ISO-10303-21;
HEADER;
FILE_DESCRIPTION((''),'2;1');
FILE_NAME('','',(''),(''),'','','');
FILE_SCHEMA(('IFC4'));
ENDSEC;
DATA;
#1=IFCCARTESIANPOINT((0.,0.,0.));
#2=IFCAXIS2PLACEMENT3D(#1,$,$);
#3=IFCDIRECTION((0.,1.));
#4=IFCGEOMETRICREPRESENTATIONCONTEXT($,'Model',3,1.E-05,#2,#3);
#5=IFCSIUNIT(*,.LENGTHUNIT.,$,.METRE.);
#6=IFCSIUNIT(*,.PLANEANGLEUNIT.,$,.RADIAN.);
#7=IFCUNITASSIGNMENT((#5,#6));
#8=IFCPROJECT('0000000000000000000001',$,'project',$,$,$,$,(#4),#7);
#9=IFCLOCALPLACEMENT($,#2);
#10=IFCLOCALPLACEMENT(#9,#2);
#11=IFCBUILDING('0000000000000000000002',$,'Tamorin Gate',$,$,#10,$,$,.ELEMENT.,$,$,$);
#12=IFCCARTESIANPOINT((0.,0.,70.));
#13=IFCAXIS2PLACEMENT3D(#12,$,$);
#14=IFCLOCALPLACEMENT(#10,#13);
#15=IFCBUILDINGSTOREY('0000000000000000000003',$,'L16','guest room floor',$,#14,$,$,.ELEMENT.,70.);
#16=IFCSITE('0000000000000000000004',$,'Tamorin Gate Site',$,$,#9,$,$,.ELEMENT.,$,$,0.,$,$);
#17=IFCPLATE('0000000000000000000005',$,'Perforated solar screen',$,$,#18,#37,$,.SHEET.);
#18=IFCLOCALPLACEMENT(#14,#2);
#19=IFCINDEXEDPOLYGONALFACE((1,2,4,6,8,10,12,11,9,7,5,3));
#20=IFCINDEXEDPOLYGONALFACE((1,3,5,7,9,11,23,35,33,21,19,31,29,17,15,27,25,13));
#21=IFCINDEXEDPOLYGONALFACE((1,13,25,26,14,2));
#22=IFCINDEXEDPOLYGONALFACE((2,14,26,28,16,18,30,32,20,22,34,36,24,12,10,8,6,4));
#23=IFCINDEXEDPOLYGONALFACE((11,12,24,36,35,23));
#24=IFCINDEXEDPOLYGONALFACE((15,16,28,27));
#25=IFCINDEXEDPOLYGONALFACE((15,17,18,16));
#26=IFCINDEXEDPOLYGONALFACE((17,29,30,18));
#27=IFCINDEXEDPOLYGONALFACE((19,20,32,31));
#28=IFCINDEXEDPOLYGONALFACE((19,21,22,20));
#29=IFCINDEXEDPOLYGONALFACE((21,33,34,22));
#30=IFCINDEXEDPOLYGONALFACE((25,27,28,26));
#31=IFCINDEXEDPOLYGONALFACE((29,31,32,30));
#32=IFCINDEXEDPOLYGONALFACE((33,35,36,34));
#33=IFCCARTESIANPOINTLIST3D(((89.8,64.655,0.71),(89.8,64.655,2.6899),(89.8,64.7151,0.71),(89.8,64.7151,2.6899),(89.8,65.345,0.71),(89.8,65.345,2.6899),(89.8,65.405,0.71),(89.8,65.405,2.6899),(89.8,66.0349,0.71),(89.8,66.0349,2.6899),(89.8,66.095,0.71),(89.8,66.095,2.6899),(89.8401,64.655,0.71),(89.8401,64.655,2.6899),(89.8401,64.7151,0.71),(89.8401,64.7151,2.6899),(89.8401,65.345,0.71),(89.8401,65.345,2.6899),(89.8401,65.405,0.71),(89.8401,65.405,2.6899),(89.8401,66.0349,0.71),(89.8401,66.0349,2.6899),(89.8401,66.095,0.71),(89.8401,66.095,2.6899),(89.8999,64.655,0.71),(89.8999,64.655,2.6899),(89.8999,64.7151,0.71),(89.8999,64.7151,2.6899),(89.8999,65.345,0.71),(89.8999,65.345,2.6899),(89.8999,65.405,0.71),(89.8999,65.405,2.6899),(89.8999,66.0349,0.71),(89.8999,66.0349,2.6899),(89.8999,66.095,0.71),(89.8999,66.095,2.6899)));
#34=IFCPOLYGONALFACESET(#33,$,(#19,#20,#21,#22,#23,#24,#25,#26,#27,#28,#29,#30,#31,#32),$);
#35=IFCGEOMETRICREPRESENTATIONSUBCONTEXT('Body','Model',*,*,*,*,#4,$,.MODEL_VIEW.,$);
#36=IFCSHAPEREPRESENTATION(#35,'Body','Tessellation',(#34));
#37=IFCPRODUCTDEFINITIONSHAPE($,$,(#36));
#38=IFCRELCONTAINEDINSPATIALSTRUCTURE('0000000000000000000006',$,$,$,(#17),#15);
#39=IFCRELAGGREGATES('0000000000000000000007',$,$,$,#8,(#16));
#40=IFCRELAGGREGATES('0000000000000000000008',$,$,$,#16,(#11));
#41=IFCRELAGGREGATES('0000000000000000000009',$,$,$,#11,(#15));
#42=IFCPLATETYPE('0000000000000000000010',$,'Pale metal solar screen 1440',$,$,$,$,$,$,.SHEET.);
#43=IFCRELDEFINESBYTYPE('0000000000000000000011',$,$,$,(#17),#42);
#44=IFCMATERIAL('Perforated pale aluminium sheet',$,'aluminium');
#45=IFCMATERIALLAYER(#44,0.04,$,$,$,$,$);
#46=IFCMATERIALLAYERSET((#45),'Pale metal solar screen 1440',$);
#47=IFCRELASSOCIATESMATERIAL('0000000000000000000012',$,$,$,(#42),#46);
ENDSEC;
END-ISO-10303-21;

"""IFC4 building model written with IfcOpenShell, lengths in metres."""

from ifc_helpers import new_model, si_unit, direction, frame, origin, place, context, subcontext, project, spatial, polyline, outline, extrude, material, layer, layer_set, type_object, element, save


model = new_model("IFC4")

# Units and contexts
model_context = context("Model", 3, precision=1e-05, world=origin(), true_north=direction((0.0, 1.0)))
body_context = subcontext(model_context, "Body", "Model", "MODEL_VIEW")
ifc_project = project(units=[si_unit("LENGTHUNIT", "METRE"), si_unit("PLANEANGLEUNIT", "RADIAN")], contexts=[model_context])

# Site, building, storey
site_placement = place(None, origin())
site = spatial("IfcSite", under=ifc_project, at=site_placement, Name="Tamorin Gate Site", CompositionType="ELEMENT", RefElevation=0.0)
building_placement = place(site_placement, origin())
building = spatial("IfcBuilding", under=site, at=building_placement, Name="Tamorin Gate", CompositionType="ELEMENT")
storey_placement = place(building_placement, frame((0.0, 0.0, 70.0)))
storey = spatial("IfcBuildingStorey", under=building, at=storey_placement, Name="L16", Description="guest room floor", CompositionType="ELEMENT", Elevation=70.0)

# Plate
ifc_material_1 = material(Name="Perforated pale aluminium sheet", Category="aluminium")
ifc_layer_1 = layer(ifc_material_1, 0.04)
ifc_layer_set_1 = layer_set([ifc_layer_1], Name="Pale metal solar screen 1440")
plate_type = type_object("IfcPlateType", Name="Pale metal solar screen 1440", PredefinedType="SHEET", material=ifc_layer_set_1)
plate_1_placement = place(storey_placement, frame((0.0, 0.0, 0.71)))
element("IfcPlate", 1, at=plate_1_placement, inside=storey, type_object=plate_type, Name="Perforated solar screen", PredefinedType="SHEET", context=body_context, shape_type="SweptSolid", body=[
    extrude(outline(polyline([(89.8401, 64.655), (89.8, 64.655), (89.8, 64.7151), (89.8, 65.345), (89.8, 65.405), (89.8, 66.0349), (89.8, 66.095), (89.8401, 66.095), (89.8999, 66.095), (89.8999, 66.0349), (89.8401, 66.0349), (89.8401, 65.405), (89.8999, 65.405), (89.8999, 65.345), (89.8401, 65.345), (89.8401, 64.7151), (89.8999, 64.7151), (89.8999, 64.655), (89.8401, 64.655)])), origin(), (0.0, 0.0, 1.0), 1.98),
])

save(model, "model.ifc")
